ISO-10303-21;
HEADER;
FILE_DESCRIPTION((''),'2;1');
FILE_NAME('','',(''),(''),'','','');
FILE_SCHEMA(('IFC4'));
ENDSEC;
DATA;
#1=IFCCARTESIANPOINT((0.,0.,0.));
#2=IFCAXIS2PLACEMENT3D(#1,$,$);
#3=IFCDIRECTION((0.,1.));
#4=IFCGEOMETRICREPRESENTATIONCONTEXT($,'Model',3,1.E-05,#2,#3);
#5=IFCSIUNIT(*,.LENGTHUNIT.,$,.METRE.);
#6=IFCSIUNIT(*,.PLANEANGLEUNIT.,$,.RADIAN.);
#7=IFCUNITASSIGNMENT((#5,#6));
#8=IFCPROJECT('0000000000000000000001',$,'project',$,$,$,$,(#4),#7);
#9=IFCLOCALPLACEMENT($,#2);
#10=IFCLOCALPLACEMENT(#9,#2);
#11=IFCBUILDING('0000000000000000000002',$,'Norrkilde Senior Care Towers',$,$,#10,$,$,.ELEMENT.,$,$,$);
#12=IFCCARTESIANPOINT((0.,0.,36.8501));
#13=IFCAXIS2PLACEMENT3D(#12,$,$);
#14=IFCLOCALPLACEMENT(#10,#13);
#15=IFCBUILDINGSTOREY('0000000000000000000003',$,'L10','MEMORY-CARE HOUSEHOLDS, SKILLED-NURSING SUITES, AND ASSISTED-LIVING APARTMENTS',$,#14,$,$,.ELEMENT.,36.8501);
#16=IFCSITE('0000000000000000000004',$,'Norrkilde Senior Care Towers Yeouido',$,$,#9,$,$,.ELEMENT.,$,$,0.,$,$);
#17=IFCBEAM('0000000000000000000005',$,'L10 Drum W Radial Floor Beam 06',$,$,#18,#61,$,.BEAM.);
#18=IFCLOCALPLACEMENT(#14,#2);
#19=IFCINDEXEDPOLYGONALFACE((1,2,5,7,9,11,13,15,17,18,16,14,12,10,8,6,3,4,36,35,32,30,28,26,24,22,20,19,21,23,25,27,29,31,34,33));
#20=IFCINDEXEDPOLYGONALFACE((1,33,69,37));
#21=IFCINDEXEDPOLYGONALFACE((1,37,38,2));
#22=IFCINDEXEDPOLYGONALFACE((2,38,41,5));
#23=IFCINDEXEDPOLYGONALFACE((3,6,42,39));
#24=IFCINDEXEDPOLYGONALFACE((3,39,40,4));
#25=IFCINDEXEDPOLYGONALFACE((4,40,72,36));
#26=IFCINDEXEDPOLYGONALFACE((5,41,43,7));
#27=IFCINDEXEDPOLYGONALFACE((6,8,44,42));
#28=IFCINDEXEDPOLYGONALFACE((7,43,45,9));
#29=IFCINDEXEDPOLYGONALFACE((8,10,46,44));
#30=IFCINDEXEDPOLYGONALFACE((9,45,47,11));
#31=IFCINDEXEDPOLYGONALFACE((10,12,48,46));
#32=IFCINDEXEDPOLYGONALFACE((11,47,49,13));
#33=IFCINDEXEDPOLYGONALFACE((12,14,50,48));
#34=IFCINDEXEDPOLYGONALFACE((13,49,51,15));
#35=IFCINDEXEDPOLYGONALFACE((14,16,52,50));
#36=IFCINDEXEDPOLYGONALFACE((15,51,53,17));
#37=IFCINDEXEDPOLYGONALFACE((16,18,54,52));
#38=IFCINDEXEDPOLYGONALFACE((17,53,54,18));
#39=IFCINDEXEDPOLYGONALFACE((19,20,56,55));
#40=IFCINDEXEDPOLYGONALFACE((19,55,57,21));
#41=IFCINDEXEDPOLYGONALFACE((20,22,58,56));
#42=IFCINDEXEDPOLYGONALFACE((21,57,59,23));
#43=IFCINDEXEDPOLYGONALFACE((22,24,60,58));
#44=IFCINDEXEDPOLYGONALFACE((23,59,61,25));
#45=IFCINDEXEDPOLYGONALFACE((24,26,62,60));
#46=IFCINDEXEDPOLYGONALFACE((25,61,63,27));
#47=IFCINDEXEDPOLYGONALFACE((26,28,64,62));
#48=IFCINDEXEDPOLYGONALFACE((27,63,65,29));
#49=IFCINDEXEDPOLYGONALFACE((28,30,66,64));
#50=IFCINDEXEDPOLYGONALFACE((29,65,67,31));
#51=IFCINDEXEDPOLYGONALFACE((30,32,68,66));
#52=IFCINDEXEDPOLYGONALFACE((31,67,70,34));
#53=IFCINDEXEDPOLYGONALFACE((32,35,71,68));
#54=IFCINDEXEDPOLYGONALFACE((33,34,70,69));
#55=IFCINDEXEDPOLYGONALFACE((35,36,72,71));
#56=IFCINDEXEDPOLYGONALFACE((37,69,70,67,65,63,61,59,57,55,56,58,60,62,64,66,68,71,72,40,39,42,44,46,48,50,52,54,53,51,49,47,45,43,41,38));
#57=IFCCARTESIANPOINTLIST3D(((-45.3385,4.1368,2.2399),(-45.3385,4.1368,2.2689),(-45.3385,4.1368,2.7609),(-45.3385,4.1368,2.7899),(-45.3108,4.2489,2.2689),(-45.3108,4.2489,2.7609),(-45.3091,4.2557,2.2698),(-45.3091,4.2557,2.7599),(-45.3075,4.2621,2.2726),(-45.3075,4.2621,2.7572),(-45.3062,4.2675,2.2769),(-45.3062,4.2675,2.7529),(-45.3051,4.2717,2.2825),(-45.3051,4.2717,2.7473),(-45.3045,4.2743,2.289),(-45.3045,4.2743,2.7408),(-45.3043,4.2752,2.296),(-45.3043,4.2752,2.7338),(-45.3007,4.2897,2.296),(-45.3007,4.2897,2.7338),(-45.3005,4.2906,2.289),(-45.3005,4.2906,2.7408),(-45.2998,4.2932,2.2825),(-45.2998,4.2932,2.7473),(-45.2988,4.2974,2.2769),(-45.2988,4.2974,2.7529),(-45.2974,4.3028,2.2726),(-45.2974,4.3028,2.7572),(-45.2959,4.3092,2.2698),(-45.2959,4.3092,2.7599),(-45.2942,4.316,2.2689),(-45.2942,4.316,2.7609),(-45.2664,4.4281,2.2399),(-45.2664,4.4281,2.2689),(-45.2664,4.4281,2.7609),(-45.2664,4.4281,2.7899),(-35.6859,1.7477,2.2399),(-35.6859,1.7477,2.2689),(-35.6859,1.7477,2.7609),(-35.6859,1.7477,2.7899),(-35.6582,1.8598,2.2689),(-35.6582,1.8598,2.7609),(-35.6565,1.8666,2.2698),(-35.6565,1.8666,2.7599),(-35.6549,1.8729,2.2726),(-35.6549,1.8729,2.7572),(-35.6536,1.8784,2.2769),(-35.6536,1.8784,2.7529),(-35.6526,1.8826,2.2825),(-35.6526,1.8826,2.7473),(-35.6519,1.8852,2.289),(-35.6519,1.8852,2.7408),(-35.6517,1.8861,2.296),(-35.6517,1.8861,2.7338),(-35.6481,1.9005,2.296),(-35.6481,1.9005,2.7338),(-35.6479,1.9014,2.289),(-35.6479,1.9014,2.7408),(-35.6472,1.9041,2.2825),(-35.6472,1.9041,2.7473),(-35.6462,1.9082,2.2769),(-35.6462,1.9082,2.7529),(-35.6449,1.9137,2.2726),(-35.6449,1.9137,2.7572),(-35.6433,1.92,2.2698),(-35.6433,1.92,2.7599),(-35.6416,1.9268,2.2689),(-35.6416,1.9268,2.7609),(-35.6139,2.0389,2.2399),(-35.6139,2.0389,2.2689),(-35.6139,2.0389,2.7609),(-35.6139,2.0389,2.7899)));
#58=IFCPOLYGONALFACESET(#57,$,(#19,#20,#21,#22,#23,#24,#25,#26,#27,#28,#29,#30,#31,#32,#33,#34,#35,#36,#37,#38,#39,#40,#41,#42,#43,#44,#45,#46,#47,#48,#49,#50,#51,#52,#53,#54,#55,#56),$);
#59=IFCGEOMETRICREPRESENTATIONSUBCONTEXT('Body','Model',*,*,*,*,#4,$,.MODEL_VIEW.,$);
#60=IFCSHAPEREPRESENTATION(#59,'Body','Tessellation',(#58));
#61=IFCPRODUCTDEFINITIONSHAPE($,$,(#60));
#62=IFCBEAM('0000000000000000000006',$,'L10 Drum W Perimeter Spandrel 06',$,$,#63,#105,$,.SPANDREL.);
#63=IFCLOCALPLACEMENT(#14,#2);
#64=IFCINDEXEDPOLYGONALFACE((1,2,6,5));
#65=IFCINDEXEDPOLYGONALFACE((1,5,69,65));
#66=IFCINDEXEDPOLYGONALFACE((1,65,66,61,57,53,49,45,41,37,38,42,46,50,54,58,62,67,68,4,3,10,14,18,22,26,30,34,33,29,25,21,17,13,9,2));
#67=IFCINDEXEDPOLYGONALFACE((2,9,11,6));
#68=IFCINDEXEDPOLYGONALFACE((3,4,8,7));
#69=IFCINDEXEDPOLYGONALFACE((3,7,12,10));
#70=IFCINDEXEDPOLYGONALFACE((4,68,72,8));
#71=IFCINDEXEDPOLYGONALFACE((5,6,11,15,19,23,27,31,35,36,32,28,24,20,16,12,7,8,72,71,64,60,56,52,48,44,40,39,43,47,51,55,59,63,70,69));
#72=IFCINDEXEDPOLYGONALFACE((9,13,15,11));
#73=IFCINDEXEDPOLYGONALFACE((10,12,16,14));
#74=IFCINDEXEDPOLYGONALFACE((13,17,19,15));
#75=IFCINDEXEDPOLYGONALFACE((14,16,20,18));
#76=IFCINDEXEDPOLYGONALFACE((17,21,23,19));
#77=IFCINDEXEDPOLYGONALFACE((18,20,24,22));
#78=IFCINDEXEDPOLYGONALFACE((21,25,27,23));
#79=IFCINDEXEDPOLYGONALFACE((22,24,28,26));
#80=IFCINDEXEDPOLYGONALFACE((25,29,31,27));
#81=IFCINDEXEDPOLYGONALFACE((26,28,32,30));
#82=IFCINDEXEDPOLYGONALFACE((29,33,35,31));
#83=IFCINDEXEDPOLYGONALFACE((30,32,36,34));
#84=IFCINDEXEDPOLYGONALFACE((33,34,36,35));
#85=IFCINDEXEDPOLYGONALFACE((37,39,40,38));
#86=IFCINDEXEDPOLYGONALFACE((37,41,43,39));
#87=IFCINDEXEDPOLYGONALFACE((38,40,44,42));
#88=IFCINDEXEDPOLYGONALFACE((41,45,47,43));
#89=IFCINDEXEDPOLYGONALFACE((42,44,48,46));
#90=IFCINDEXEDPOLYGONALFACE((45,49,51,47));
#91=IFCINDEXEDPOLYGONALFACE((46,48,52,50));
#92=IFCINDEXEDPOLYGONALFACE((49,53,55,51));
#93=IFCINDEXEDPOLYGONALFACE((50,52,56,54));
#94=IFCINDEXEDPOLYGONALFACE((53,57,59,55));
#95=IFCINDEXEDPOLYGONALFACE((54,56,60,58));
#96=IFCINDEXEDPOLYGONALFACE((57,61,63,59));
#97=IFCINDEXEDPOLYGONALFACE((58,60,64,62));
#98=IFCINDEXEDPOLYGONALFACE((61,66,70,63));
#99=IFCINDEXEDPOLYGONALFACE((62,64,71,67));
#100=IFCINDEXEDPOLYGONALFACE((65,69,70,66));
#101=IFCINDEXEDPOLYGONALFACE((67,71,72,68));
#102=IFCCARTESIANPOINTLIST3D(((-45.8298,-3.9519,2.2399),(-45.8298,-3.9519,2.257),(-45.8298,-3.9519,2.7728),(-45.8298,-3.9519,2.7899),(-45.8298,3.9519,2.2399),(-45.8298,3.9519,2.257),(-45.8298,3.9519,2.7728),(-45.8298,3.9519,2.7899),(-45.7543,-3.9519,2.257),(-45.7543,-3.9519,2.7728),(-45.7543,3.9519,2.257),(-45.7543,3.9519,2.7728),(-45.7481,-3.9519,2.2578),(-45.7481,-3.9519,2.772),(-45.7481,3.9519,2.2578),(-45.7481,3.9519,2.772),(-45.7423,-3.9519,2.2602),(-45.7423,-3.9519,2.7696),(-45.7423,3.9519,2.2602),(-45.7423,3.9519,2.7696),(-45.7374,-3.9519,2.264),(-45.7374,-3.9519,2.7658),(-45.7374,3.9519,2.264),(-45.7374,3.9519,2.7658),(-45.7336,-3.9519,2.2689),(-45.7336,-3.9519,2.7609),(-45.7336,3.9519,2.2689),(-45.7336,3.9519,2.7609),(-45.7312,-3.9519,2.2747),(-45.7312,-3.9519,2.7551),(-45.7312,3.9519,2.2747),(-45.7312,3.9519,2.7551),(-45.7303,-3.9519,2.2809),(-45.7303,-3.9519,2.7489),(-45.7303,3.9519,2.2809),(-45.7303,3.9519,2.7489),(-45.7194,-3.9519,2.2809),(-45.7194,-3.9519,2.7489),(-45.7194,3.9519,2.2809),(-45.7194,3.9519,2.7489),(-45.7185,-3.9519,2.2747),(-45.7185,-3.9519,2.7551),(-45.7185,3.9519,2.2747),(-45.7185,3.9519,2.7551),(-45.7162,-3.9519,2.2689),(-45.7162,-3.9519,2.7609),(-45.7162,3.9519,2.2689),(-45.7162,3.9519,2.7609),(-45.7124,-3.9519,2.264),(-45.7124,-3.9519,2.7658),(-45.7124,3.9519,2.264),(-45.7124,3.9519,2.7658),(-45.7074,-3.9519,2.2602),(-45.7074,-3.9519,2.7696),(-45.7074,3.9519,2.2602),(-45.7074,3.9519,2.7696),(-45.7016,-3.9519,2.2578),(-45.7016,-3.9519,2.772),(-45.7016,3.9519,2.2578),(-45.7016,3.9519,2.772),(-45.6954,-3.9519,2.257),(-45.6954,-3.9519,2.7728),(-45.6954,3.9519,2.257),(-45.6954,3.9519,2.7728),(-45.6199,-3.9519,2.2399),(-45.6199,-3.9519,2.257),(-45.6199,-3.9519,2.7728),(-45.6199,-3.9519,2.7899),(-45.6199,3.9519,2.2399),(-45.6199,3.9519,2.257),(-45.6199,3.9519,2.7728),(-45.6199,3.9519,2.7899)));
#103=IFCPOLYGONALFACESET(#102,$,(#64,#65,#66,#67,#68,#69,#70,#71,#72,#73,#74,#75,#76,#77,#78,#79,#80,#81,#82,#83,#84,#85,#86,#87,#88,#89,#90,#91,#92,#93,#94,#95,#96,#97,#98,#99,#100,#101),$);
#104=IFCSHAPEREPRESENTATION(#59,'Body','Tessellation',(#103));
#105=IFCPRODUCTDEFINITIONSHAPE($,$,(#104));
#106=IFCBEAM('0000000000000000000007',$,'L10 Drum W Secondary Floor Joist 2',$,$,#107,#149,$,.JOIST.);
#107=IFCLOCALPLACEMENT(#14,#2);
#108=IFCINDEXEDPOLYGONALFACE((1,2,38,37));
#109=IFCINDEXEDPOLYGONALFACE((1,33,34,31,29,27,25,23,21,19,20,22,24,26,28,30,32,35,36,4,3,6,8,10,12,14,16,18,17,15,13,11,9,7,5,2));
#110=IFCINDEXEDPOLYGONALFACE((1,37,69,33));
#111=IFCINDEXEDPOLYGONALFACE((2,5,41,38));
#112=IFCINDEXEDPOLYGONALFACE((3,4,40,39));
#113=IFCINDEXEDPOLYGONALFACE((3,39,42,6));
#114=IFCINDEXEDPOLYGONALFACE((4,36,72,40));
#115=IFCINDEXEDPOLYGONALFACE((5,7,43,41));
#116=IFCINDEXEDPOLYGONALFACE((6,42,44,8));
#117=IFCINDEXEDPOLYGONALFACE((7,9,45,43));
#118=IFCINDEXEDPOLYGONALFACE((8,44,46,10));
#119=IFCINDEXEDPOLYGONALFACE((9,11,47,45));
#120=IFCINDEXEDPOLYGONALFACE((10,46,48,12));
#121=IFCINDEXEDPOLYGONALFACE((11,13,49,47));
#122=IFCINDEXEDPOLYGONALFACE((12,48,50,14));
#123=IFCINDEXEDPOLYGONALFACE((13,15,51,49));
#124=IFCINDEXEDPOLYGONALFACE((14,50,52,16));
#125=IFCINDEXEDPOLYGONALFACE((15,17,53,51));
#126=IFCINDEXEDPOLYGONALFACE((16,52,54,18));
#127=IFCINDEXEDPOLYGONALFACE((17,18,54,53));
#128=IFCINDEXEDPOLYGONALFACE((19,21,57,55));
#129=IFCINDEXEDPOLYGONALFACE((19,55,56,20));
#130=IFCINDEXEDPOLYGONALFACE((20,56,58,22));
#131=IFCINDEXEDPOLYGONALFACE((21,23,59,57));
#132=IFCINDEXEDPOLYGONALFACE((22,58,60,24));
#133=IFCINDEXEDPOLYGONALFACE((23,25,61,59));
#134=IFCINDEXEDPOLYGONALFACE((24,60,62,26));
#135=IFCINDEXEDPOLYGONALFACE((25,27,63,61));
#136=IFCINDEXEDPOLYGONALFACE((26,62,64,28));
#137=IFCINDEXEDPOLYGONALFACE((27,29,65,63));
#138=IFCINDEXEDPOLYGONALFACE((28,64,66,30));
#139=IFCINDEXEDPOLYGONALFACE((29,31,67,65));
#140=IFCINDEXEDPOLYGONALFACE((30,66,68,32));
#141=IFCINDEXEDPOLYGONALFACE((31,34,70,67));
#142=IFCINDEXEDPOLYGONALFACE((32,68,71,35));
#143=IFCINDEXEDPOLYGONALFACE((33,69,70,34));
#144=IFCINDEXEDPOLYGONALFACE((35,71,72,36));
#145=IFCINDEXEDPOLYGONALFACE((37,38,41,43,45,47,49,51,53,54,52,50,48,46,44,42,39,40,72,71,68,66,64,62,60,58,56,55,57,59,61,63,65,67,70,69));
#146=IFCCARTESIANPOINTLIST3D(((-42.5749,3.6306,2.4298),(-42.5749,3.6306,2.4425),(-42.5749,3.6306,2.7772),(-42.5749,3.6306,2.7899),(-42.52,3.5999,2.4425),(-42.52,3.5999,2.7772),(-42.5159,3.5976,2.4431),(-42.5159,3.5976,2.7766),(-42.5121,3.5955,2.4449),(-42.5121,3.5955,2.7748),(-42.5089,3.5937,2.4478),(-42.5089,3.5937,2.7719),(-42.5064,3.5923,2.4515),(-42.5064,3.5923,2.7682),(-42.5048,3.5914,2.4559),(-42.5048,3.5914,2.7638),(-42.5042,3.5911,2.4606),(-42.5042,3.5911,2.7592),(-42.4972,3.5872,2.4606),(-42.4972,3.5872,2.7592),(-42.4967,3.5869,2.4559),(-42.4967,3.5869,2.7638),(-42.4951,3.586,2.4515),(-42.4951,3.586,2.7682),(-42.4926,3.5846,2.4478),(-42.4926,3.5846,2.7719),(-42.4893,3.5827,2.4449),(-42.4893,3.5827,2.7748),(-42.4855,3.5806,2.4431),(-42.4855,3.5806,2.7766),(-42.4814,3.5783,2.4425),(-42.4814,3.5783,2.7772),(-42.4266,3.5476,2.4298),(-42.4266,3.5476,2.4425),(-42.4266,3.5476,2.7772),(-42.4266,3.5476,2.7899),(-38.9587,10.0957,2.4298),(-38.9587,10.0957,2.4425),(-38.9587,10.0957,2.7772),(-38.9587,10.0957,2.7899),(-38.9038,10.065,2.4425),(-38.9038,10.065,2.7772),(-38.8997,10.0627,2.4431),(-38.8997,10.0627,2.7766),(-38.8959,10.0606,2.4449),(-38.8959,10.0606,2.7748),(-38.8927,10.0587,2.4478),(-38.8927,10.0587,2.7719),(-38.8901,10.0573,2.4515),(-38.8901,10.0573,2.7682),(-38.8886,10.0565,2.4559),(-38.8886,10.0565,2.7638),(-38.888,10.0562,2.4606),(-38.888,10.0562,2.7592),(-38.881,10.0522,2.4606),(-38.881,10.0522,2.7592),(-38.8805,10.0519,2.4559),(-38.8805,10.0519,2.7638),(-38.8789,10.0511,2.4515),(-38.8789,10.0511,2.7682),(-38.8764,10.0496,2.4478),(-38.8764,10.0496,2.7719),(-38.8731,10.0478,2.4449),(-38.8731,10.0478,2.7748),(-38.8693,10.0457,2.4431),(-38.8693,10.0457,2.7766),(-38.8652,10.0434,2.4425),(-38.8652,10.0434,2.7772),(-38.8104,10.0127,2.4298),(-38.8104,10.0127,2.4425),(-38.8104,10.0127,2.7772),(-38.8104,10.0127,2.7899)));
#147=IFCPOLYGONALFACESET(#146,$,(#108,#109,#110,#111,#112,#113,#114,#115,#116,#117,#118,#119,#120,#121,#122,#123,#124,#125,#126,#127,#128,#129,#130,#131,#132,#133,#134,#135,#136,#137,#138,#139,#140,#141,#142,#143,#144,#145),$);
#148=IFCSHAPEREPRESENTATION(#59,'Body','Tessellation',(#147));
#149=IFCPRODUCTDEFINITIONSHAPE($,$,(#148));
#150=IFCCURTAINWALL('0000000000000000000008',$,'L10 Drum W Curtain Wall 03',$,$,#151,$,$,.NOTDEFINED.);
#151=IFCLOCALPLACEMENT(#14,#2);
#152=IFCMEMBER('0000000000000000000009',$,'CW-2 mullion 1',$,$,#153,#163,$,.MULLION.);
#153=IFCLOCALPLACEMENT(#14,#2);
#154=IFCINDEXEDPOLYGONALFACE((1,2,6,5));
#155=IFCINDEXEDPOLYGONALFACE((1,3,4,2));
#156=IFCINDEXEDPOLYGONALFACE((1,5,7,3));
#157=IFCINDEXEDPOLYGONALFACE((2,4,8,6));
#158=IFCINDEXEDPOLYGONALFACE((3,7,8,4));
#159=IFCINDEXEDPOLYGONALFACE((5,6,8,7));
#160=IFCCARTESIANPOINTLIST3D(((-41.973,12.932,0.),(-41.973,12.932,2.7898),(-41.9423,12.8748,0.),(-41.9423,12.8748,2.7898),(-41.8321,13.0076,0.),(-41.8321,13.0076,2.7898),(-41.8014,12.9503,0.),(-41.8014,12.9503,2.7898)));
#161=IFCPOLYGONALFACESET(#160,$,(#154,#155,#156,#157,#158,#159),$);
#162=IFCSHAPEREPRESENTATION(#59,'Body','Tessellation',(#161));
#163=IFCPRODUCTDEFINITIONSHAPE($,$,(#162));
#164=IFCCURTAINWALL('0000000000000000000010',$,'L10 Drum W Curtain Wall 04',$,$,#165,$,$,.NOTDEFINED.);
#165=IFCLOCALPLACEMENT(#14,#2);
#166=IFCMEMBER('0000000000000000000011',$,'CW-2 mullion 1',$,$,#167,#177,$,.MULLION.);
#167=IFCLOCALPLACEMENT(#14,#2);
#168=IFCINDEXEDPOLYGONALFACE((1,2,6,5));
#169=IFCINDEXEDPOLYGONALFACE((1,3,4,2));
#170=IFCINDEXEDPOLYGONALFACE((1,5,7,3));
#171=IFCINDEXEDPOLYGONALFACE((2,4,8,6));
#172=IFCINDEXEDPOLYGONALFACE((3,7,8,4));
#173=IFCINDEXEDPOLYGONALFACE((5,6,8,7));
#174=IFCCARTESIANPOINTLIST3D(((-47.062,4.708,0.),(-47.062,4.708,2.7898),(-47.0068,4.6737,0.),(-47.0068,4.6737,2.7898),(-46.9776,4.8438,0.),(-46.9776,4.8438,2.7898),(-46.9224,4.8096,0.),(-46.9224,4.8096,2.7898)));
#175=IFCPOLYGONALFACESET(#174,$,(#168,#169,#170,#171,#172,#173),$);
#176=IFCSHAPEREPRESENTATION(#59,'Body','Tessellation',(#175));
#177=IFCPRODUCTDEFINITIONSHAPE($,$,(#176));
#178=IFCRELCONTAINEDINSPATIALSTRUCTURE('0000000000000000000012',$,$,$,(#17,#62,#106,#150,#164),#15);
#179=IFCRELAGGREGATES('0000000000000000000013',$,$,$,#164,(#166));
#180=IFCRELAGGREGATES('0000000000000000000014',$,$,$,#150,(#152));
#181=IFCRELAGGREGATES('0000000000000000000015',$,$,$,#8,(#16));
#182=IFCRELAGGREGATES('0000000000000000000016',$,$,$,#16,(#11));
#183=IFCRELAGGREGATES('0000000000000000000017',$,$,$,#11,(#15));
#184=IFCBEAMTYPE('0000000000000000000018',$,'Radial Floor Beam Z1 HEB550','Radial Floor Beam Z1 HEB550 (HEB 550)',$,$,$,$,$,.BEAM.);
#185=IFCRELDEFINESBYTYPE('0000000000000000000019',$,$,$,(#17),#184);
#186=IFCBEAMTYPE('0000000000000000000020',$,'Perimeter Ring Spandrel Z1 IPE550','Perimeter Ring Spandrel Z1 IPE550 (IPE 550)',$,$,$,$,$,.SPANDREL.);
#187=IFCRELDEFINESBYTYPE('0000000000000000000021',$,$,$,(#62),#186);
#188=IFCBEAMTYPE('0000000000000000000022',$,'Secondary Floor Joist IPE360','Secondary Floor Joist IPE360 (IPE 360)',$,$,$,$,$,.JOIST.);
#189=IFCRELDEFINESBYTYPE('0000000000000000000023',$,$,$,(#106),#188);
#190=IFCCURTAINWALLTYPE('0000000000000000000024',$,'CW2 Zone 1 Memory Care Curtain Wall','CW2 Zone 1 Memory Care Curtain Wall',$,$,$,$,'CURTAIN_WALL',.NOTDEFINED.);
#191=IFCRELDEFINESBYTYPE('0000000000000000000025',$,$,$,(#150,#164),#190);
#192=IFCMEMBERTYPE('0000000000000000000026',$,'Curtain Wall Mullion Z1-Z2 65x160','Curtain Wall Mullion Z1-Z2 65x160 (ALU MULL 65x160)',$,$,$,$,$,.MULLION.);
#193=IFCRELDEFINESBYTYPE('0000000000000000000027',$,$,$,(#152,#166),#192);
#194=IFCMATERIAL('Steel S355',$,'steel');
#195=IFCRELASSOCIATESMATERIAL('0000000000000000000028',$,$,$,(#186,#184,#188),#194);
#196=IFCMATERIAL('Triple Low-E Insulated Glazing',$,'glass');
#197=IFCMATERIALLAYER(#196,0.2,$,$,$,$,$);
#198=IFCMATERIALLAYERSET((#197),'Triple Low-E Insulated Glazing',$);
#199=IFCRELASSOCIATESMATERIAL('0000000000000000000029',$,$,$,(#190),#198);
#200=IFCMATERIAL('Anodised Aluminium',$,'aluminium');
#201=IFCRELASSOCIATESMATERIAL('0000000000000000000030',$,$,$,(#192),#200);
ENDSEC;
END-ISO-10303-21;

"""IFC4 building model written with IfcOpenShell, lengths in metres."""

from ifc_helpers import new_model, si_unit, direction, frame, origin, origin_2d, place, context, subcontext, project, spatial, rectangle, i_section, extrude, source, transform, mapped, material, layer, layer_set, material_profile, profile_set, type_object, type_shapes, element, aggregate, save


model = new_model("IFC4")

# Units and contexts
model_context = context("Model", 3, precision=1e-05, world=origin(), true_north=direction((0.0, 1.0)))
body_context = subcontext(model_context, "Body", "Model", "MODEL_VIEW")
ifc_project = project(units=[si_unit("LENGTHUNIT", "METRE"), si_unit("PLANEANGLEUNIT", "RADIAN")], contexts=[model_context])

# Site, building, storey
site_placement = place(None, origin())
site = spatial("IfcSite", under=ifc_project, at=site_placement, Name="Norrkilde Senior Care Towers Yeouido", CompositionType="ELEMENT", RefElevation=0.0)
building_placement = place(site_placement, origin())
building = spatial("IfcBuilding", under=site, at=building_placement, Name="Norrkilde Senior Care Towers", CompositionType="ELEMENT")
storey_placement = place(building_placement, frame((0.0, 0.0, 36.8501)))
storey = spatial("IfcBuildingStorey", under=building, at=storey_placement, Name="L10", Description="MEMORY-CARE HOUSEHOLDS, SKILLED-NURSING SUITES, AND ASSISTED-LIVING APARTMENTS", CompositionType="ELEMENT", Elevation=36.8501)

# Beams
ifc_material_1 = material(Name="Steel S355", Category="steel")
ifc_material_profile_1 = material_profile(ifc_material_1, i_section(OverallWidth=0.21, OverallDepth=0.55, WebThickness=0.011, FlangeThickness=0.0171, FilletRadius=0.0239, at=origin_2d()), Name="IPE 550")
ifc_profile_set_1 = profile_set([ifc_material_profile_1], Name="Steel S355")
beam_type_1 = type_object("IfcBeamType", Name="Perimeter Ring Spandrel Z1 IPE550", Description="Perimeter Ring Spandrel Z1 IPE550 (IPE 550)", PredefinedType="SPANDREL", material=ifc_profile_set_1)
ifc_material_profile_2 = material_profile(ifc_material_1, i_section(OverallWidth=0.3, OverallDepth=0.55, WebThickness=0.0149, FlangeThickness=0.0291, FilletRadius=0.0271, at=origin_2d()), Name="HEB 550")
ifc_profile_set_2 = profile_set([ifc_material_profile_2], Name="Steel S355")
beam_type_2 = type_object("IfcBeamType", Name="Radial Floor Beam Z1 HEB550", Description="Radial Floor Beam Z1 HEB550 (HEB 550)", PredefinedType="BEAM", material=ifc_profile_set_2)
shared_shape_1 = source(origin(), body_context, "Body", "SweptSolid", [
    extrude(i_section(OverallWidth=0.3, OverallDepth=0.55, WebThickness=0.0149, FlangeThickness=0.0291, FilletRadius=0.0271, at=origin_2d()), origin(), (0.0, 0.0, 1.0), 9.9438),
])
type_shapes(beam_type_2, [shared_shape_1])
beam_1_placement = place(storey_placement, frame((-35.6499, 1.8933, 2.5149), z_axis=(-0.970707, 0.240265, 0.0), x_axis=(-0.240265, -0.970707, 0.0)))
element("IfcBeam", 1, at=beam_1_placement, inside=storey, type_object=beam_type_2, Name="L10 Drum W Radial Floor Beam 06", PredefinedType="BEAM", context=body_context, shape_type="MappedRepresentation", body=[
    mapped(shared_shape_1, transform((0.0, 0.0, 0.0), x_axis=(1.0, 0.0, 0.0), y_axis=(0.0, 1.0, 0.0), z_axis=(0.0, 0.0, 1.0), scale=1.0)),
])
shared_shape_2 = source(origin(), body_context, "Body", "SweptSolid", [
    extrude(i_section(OverallWidth=0.21, OverallDepth=0.55, WebThickness=0.011, FlangeThickness=0.0171, FilletRadius=0.0239, at=origin_2d()), origin(), (0.0, 0.0, 1.0), 7.9038),
])
beam_2_placement = place(storey_placement, frame((-45.7249, 3.9519, 2.5149), z_axis=(0.0, -1.0, 0.0), x_axis=(1.0, 0.0, 0.0)))
element("IfcBeam", 2, at=beam_2_placement, inside=storey, type_object=beam_type_1, Name="L10 Drum W Perimeter Spandrel 06", PredefinedType="SPANDREL", context=body_context, shape_type="MappedRepresentation", body=[
    mapped(shared_shape_2, transform((0.0, 0.0, 0.0), x_axis=(1.0, 0.0, 0.0), y_axis=(0.0, 1.0, 0.0), z_axis=(0.0, 0.0, 1.0), scale=1.0)),
])
ifc_material_profile_3 = material_profile(ifc_material_1, i_section(OverallWidth=0.1699, OverallDepth=0.3601, WebThickness=0.0081, FlangeThickness=0.0127, FilletRadius=0.0181, at=origin_2d()), Name="IPE 360")
ifc_profile_set_3 = profile_set([ifc_material_profile_3], Name="Steel S355")
beam_type_3 = type_object("IfcBeamType", Name="Secondary Floor Joist IPE360", Description="Secondary Floor Joist IPE360 (IPE 360)", PredefinedType="JOIST", material=ifc_profile_set_3)
shared_shape_3 = source(origin(), body_context, "Body", "SweptSolid", [
    extrude(i_section(OverallWidth=0.1699, OverallDepth=0.3601, WebThickness=0.0081, FlangeThickness=0.0127, FilletRadius=0.0181, at=origin_2d()), origin(), (0.0, 0.0, 1.0), 7.4077),
])
type_shapes(beam_type_3, [shared_shape_3])
beam_3_placement = place(storey_placement, frame((-38.8845, 10.0542, 2.6099), z_axis=(-0.488168, -0.87275, 0.0), x_axis=(0.87275, -0.488168, 0.0)))
element("IfcBeam", 3, at=beam_3_placement, inside=storey, type_object=beam_type_3, Name="L10 Drum W Secondary Floor Joist 2", PredefinedType="JOIST", context=body_context, shape_type="MappedRepresentation", body=[
    mapped(shared_shape_3, transform((0.0, 0.0, 0.0), x_axis=(1.0, 0.0, 0.0), y_axis=(0.0, 1.0, 0.0), z_axis=(0.0, 0.0, 1.0), scale=1.0)),
])

# Curtain wall, member
ifc_material_2 = material(Name="Triple Low-E Insulated Glazing", Category="glass")
ifc_layer_1 = layer(ifc_material_2, 0.2)
ifc_layer_set_1 = layer_set([ifc_layer_1], Name="Triple Low-E Insulated Glazing")
curtain_wall_type = type_object("IfcCurtainWallType", Name="CW2 Zone 1 Memory Care Curtain Wall", Description="CW2 Zone 1 Memory Care Curtain Wall", ElementType="CURTAIN_WALL", PredefinedType="NOTDEFINED", material=ifc_layer_set_1)
curtain_wall_1_placement = place(storey_placement, origin())
curtain_wall_1 = element("IfcCurtainWall", 4, at=curtain_wall_1_placement, inside=storey, type_object=curtain_wall_type, Name="L10 Drum W Curtain Wall 03", PredefinedType="NOTDEFINED")
ifc_material_3 = material(Name="Anodised Aluminium", Category="aluminium")
ifc_material_profile_4 = material_profile(ifc_material_3, rectangle(XDim=0.0649, YDim=0.1599, at=origin_2d()), Name="ALU MULL 65x160")
ifc_profile_set_4 = profile_set([ifc_material_profile_4], Name="Anodised Aluminium")
member_type_1 = type_object("IfcMemberType", Name="Curtain Wall Mullion Z1-Z2 65x160", Description="Curtain Wall Mullion Z1-Z2 65x160 (ALU MULL 65x160)", PredefinedType="MULLION", material=ifc_profile_set_4)
shared_shape_4 = source(origin(), body_context, "Body", "SweptSolid", [
    extrude(rectangle(XDim=0.0649, YDim=0.1599, at=origin_2d()), origin(), (0.0, 0.0, 1.0), 2.7898),
])
type_shapes(member_type_1, [shared_shape_4])
member_1_placement = place(storey_placement, frame((-41.8872, 12.9412, 0.0), z_axis=(0.0, 0.0, 1.0), x_axis=(-0.472608, 0.881273, 0.0)))
member_1 = element("IfcMember", 5, at=member_1_placement, type_object=member_type_1, Name="CW-2 mullion 1", PredefinedType="MULLION", context=body_context, shape_type="MappedRepresentation", body=[
    mapped(shared_shape_4, transform((0.0, 0.0, 0.0), x_axis=(1.0, 0.0, 0.0), y_axis=(0.0, 1.0, 0.0), z_axis=(0.0, 0.0, 1.0), scale=1.0)),
])

# Curtain wall, member
curtain_wall_2_placement = place(storey_placement, origin())
curtain_wall_2 = element("IfcCurtainWall", 6, at=curtain_wall_2_placement, inside=storey, type_object=curtain_wall_type, Name="L10 Drum W Curtain Wall 04", PredefinedType="NOTDEFINED")
member_2_placement = place(storey_placement, frame((-46.9922, 4.7588, 0.0), z_axis=(0.0, 0.0, 1.0), x_axis=(-0.849306, 0.527901, 0.0)))
member_2 = element("IfcMember", 7, at=member_2_placement, type_object=member_type_1, Name="CW-2 mullion 1", PredefinedType="MULLION", context=body_context, shape_type="MappedRepresentation", body=[
    mapped(shared_shape_4, transform((0.0, 0.0, 0.0), x_axis=(1.0, 0.0, 0.0), y_axis=(0.0, 1.0, 0.0), z_axis=(0.0, 0.0, 1.0), scale=1.0)),
])

aggregate(curtain_wall_2, [member_2])
aggregate(curtain_wall_1, [member_1])

save(model, "model.ifc")
